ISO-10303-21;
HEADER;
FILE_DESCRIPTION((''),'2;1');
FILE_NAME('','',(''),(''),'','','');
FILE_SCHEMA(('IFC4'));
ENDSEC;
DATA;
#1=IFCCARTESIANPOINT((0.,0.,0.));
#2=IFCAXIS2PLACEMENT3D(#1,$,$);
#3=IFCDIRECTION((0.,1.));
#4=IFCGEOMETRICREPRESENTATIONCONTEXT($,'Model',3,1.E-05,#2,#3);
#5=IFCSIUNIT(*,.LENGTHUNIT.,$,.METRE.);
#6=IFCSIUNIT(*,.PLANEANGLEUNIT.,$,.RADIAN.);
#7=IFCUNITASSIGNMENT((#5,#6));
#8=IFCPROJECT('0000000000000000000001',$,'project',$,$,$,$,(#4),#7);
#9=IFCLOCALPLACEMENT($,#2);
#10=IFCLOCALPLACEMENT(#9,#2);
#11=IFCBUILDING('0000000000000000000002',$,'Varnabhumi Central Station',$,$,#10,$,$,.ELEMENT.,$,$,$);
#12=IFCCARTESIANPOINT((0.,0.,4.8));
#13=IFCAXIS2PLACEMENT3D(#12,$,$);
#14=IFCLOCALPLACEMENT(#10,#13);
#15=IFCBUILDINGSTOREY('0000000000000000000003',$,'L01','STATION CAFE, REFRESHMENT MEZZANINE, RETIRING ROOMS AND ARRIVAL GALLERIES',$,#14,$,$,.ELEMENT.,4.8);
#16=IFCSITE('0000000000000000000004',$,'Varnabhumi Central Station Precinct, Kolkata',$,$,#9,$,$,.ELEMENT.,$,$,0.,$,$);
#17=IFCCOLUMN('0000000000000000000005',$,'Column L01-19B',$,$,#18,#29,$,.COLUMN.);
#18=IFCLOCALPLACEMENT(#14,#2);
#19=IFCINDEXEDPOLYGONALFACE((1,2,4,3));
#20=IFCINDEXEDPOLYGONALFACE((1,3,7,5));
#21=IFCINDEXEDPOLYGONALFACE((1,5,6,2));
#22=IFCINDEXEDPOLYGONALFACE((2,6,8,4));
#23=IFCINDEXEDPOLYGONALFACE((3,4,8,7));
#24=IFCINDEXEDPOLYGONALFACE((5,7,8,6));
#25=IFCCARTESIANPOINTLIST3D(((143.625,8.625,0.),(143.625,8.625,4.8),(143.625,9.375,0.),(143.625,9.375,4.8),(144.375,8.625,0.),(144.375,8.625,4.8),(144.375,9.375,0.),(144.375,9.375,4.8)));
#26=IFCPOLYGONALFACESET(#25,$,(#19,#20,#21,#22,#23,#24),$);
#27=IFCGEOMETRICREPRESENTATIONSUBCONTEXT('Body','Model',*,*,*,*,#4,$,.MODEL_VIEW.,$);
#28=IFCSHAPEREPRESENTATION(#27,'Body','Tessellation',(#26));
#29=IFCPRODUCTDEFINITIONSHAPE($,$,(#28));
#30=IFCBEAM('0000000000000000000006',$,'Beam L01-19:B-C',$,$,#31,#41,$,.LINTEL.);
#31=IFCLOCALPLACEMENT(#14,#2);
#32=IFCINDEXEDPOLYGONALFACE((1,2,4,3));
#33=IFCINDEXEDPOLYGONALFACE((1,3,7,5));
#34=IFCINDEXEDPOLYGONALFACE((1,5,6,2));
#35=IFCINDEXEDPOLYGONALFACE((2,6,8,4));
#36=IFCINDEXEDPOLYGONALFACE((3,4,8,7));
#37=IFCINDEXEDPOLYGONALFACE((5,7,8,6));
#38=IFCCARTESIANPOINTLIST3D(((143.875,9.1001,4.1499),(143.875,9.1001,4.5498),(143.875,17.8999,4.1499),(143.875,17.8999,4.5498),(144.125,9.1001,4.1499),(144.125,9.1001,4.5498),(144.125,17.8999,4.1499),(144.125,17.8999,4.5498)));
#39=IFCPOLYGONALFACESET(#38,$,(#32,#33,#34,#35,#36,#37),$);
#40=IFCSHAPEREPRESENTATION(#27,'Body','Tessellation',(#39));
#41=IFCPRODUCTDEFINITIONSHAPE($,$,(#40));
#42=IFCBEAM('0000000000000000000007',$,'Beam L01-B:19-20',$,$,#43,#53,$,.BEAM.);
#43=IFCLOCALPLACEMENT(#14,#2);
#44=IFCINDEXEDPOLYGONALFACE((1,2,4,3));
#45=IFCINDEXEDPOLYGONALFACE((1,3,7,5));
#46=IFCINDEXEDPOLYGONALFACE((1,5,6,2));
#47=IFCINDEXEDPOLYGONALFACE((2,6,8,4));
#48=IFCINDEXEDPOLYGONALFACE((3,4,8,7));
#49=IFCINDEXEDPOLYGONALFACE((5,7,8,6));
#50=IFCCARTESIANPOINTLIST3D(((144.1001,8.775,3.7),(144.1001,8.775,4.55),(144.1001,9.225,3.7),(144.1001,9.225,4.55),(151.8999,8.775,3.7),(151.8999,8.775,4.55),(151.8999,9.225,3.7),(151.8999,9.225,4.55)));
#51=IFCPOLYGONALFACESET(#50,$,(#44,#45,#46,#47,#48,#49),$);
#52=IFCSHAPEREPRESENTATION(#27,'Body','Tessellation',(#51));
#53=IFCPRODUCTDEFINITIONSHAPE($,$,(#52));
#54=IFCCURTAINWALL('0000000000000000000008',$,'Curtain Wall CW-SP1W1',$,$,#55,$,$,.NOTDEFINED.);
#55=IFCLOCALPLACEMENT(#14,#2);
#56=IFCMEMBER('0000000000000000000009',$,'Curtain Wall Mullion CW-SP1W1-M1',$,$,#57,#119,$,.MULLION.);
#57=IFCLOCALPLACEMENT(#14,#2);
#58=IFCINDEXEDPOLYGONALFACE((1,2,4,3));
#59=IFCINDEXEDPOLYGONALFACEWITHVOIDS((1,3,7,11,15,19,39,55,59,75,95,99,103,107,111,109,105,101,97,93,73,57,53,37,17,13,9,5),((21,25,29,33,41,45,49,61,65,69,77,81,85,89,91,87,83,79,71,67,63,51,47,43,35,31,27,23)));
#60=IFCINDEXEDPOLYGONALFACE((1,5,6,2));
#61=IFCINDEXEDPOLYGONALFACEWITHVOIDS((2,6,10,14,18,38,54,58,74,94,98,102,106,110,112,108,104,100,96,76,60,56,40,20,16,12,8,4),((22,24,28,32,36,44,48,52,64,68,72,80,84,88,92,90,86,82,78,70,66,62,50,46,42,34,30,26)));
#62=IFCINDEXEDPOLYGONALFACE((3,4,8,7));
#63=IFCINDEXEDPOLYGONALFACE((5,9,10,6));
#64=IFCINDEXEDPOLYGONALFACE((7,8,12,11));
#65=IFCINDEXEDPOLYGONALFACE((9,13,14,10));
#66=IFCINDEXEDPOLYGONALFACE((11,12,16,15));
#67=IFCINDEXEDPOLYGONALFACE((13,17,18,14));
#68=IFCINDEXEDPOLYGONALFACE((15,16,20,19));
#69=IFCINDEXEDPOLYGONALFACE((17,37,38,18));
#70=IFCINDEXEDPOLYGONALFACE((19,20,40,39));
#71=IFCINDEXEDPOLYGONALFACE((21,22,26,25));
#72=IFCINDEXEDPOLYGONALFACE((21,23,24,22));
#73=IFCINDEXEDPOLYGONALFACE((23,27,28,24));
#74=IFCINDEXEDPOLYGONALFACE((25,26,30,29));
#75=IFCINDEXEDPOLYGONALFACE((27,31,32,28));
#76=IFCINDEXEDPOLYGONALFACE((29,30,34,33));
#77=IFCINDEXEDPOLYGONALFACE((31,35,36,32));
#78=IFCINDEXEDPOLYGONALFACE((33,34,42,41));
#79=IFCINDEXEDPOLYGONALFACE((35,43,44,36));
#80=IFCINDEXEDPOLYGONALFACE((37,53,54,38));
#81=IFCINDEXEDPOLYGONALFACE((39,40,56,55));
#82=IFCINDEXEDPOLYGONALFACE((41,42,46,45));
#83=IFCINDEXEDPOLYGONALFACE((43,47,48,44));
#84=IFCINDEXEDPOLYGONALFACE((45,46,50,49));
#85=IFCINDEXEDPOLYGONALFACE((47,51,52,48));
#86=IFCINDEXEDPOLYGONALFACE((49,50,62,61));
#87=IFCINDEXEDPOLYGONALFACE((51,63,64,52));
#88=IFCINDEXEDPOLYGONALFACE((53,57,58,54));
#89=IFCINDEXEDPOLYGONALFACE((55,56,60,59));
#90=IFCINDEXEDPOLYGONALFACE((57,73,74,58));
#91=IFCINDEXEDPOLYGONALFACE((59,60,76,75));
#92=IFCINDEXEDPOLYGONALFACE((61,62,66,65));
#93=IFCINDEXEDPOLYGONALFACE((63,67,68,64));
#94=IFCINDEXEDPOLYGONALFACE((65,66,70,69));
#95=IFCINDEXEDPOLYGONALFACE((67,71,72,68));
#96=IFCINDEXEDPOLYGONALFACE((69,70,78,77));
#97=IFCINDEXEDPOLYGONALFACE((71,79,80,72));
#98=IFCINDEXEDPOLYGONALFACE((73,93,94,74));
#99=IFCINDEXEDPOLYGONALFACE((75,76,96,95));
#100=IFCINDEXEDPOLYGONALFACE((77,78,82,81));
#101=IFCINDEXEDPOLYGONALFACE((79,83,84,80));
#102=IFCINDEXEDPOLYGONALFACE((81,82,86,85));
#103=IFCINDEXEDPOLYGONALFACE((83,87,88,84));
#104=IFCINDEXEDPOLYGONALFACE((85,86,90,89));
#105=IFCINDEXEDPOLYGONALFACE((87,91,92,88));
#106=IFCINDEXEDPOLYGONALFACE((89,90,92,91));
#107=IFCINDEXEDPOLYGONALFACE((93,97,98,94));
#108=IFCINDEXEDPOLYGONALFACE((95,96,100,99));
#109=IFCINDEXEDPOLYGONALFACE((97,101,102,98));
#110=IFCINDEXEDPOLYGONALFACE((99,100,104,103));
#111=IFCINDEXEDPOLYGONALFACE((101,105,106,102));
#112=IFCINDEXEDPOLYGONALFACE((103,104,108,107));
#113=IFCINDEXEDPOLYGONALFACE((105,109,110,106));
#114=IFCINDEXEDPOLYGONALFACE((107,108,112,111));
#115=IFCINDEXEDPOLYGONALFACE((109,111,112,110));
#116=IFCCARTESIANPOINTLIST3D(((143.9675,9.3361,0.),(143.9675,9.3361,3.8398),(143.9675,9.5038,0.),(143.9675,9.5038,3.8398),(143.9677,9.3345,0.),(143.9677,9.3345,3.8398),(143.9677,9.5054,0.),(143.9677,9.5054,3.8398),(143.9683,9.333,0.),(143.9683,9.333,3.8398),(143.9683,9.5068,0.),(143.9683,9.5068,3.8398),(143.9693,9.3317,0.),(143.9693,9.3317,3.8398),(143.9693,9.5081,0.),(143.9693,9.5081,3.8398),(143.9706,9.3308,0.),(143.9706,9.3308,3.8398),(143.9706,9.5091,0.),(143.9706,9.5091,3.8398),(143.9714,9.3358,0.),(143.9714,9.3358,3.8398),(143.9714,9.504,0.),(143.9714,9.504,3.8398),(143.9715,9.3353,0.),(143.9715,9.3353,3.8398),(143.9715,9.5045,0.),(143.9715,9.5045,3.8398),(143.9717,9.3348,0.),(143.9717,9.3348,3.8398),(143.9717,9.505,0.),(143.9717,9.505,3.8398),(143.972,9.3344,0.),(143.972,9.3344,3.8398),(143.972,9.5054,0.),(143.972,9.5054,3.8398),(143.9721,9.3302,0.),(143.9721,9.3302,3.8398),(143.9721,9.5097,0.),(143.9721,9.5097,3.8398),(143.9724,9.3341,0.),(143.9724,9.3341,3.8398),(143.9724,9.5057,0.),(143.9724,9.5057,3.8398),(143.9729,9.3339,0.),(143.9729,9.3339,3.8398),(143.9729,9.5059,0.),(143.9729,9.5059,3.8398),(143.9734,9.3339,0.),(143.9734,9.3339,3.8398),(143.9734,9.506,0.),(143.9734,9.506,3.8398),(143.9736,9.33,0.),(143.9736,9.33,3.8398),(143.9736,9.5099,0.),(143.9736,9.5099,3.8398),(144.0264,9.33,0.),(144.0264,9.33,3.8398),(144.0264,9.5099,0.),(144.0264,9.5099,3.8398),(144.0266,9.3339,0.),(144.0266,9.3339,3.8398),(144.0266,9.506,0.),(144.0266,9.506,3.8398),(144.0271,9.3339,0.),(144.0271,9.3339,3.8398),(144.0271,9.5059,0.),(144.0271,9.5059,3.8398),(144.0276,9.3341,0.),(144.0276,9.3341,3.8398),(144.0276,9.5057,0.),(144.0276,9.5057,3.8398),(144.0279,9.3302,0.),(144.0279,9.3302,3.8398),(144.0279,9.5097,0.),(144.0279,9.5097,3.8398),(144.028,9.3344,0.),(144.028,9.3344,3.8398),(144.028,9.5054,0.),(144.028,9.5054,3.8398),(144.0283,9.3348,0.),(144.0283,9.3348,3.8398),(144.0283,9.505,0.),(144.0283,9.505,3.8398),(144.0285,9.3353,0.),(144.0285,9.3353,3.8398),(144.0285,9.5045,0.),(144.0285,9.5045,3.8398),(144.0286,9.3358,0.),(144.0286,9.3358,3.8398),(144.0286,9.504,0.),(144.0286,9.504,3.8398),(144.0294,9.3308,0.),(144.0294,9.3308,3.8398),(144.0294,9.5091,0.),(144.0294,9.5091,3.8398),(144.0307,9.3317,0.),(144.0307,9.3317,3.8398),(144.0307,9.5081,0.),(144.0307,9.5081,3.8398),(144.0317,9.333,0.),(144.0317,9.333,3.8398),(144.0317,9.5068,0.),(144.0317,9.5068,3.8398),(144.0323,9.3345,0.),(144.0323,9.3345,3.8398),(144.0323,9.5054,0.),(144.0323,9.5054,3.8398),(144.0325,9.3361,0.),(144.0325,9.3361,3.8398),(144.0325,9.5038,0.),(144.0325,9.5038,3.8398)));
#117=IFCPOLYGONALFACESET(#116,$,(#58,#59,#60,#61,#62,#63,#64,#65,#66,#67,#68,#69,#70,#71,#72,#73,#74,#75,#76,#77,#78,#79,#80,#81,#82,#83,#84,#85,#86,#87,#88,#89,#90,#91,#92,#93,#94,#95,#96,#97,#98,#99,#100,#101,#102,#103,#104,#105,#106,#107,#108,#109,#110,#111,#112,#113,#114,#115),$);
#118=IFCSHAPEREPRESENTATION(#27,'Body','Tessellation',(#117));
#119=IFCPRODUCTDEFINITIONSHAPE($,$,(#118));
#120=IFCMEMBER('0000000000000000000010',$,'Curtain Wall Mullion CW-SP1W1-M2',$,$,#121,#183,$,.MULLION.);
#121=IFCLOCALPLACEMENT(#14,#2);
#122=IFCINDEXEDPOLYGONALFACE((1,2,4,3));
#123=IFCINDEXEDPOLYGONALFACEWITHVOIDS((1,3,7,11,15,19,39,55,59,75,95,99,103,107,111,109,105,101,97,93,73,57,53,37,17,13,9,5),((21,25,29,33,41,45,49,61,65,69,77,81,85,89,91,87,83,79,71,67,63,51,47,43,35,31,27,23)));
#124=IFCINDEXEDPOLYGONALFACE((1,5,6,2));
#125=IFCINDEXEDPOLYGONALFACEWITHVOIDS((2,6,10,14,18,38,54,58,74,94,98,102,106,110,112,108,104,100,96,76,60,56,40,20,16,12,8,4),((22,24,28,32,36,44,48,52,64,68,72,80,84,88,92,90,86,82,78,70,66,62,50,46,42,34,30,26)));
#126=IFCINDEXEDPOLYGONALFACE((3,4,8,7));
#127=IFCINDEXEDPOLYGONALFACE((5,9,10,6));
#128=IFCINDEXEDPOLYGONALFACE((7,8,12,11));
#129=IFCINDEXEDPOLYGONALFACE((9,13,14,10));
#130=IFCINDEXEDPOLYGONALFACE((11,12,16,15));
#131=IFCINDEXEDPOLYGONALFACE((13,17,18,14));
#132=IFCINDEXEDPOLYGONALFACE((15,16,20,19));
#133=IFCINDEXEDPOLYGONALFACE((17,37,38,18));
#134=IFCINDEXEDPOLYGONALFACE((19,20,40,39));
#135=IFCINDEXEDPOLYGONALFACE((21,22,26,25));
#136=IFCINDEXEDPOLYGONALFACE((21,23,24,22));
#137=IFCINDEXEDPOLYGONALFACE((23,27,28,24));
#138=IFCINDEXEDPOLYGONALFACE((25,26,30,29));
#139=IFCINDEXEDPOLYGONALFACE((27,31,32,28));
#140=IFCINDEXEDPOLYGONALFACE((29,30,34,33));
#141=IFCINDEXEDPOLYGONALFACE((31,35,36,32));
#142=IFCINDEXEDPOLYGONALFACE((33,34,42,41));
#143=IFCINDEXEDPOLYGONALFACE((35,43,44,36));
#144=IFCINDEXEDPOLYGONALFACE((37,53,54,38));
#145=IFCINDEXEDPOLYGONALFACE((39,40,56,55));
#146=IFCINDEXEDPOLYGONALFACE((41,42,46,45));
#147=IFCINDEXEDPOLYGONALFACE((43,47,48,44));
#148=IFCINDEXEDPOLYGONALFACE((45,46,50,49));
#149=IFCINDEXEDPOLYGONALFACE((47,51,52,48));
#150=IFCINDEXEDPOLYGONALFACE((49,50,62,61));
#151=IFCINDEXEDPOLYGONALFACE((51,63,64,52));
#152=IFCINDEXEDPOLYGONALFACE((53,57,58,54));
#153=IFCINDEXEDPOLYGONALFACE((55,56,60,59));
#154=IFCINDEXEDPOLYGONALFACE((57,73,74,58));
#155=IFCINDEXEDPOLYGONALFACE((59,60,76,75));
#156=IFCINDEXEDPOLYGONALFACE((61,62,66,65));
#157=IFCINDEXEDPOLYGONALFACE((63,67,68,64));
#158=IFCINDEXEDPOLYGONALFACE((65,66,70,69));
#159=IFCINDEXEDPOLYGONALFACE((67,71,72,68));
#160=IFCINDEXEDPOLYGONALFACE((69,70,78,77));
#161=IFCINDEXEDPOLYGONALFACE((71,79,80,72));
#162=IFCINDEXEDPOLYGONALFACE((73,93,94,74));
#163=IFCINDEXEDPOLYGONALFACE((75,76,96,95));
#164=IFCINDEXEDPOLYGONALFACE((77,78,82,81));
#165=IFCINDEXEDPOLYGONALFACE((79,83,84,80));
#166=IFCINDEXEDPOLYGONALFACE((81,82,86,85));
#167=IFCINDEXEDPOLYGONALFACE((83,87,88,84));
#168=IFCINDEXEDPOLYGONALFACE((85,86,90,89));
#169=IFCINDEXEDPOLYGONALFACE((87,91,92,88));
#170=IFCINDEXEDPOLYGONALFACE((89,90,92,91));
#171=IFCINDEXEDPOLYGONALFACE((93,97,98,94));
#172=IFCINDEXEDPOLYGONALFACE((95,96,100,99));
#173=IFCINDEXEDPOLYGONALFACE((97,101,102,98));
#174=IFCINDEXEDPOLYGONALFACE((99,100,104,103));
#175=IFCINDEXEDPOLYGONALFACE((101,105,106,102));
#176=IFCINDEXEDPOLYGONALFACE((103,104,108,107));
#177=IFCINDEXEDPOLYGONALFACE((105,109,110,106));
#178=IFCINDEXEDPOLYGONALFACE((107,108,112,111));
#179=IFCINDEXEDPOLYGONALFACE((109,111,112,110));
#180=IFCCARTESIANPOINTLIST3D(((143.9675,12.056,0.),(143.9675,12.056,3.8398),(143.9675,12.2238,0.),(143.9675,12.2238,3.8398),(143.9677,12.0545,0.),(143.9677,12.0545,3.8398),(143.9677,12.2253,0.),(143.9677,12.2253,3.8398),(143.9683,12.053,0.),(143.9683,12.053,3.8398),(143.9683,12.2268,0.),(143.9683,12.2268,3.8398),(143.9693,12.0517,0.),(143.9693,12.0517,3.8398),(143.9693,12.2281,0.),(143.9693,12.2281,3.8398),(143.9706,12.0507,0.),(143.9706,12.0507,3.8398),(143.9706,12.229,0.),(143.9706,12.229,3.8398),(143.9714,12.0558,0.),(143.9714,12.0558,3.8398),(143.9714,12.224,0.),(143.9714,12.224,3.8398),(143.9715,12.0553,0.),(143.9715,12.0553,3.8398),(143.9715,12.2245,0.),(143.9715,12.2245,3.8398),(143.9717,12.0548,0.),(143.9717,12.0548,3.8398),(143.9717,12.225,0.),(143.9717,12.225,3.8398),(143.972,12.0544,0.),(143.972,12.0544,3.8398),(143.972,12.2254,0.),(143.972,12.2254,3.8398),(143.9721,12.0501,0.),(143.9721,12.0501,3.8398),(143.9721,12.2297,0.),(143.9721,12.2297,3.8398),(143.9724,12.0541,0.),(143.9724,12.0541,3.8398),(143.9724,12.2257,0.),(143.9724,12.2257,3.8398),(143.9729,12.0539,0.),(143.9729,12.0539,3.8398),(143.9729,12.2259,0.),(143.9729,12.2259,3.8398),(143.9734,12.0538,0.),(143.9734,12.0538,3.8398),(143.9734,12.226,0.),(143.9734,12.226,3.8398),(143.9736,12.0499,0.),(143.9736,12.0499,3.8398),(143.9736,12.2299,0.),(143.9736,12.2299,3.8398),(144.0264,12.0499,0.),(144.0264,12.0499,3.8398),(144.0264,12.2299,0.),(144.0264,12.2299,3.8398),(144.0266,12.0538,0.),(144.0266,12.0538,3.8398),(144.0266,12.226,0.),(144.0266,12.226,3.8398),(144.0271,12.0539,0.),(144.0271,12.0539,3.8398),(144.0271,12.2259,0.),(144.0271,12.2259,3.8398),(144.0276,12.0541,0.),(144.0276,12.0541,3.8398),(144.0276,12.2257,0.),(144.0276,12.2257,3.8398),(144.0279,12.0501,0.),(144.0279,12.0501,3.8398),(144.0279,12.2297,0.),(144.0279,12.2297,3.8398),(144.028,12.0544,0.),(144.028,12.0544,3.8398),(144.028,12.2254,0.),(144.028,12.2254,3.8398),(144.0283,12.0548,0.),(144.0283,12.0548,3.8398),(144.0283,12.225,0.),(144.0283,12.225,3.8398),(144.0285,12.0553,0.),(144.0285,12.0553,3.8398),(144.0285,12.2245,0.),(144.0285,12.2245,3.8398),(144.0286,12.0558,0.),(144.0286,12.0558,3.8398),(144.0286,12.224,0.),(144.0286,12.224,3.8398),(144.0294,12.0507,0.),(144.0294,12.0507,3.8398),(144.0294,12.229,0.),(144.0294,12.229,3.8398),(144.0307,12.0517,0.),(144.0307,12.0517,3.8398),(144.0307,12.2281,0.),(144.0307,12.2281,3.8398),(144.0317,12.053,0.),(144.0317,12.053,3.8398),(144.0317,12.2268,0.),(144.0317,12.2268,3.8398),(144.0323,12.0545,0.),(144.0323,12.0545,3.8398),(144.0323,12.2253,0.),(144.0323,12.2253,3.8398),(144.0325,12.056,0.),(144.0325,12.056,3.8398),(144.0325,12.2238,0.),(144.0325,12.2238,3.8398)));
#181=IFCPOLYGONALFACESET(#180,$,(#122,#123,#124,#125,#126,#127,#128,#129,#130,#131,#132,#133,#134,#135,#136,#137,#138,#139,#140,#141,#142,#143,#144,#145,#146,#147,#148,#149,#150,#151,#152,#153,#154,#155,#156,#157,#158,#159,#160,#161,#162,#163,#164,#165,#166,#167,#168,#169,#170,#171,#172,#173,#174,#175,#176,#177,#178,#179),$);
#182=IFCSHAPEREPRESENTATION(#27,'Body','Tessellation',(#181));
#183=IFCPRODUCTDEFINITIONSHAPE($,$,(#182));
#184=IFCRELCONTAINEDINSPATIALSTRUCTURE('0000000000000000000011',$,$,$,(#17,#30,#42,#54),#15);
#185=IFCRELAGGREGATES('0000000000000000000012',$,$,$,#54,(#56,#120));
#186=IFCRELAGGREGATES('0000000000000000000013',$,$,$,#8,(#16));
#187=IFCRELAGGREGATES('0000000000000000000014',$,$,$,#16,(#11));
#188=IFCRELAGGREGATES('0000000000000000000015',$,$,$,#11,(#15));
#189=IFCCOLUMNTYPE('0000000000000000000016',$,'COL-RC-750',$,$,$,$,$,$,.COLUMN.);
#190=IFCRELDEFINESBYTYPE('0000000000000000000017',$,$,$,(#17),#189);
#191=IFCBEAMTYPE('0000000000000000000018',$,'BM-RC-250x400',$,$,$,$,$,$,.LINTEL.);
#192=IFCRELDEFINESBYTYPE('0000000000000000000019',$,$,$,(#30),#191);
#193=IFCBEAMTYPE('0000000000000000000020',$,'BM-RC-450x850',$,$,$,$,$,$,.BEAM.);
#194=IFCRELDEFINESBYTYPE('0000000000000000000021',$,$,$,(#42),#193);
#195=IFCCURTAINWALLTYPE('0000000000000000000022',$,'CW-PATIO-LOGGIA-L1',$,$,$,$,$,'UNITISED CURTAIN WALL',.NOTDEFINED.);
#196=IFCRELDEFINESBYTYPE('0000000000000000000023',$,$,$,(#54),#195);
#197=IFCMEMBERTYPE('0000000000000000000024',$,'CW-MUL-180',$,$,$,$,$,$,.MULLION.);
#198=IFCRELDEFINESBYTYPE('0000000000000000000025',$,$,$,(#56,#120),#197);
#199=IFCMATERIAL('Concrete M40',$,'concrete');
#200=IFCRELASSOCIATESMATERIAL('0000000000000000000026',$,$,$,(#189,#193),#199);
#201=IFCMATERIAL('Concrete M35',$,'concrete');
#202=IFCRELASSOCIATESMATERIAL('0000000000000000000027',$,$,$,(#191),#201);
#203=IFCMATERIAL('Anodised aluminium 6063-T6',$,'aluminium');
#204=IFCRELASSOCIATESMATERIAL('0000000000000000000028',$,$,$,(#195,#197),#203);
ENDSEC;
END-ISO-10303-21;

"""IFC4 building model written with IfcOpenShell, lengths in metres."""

from ifc_helpers import new_model, si_unit, direction, frame, origin, origin_2d, place, context, subcontext, project, spatial, rectangle, hollow_rectangle, extrude, material, material_profile, profile_set, type_object, element, aggregate, save


model = new_model("IFC4")

# Units and contexts
model_context = context("Model", 3, precision=1e-05, world=origin(), true_north=direction((0.0, 1.0)))
body_context = subcontext(model_context, "Body", "Model", "MODEL_VIEW")
ifc_project = project(units=[si_unit("LENGTHUNIT", "METRE"), si_unit("PLANEANGLEUNIT", "RADIAN")], contexts=[model_context])

# Site, building, storey
site_placement = place(None, origin())
site = spatial("IfcSite", under=ifc_project, at=site_placement, Name="Varnabhumi Central Station Precinct, Kolkata", CompositionType="ELEMENT", RefElevation=0.0)
building_placement = place(site_placement, origin())
building = spatial("IfcBuilding", under=site, at=building_placement, Name="Varnabhumi Central Station", CompositionType="ELEMENT")
storey_placement = place(building_placement, frame((0.0, 0.0, 4.8)))
storey = spatial("IfcBuildingStorey", under=building, at=storey_placement, Name="L01", Description="STATION CAFE, REFRESHMENT MEZZANINE, RETIRING ROOMS AND ARRIVAL GALLERIES", CompositionType="ELEMENT", Elevation=4.8)

# Column
ifc_material_1 = material(Name="Concrete M40", Category="concrete")
ifc_material_profile_1 = material_profile(ifc_material_1, rectangle(XDim=0.75, YDim=0.75, at=origin_2d()), Name="Concrete M40", Category="concrete")
ifc_profile_set_1 = profile_set([ifc_material_profile_1], Name="Concrete M40")
column_type = type_object("IfcColumnType", Name="COL-RC-750", PredefinedType="COLUMN", material=ifc_profile_set_1)
column_placement = place(storey_placement, frame((144.0, 9.0, 0.0), z_axis=(0.0, 0.0, 1.0), x_axis=(1.0, 0.0, 0.0)))
element("IfcColumn", 1, at=column_placement, inside=storey, type_object=column_type, Name="Column L01-19B", PredefinedType="COLUMN", context=body_context, shape_type="SweptSolid", body=[
    extrude(rectangle(XDim=0.75, YDim=0.75, at=origin_2d()), origin(), (0.0, 0.0, 1.0), 4.8),
])

# Beams
ifc_material_2 = material(Name="Concrete M35", Category="concrete")
ifc_material_profile_2 = material_profile(ifc_material_2, rectangle(XDim=0.25, YDim=0.3999, at=origin_2d()), Name="Concrete M35", Category="concrete")
ifc_profile_set_2 = profile_set([ifc_material_profile_2], Name="Concrete M35")
beam_type_1 = type_object("IfcBeamType", Name="BM-RC-250x400", PredefinedType="LINTEL", material=ifc_profile_set_2)
beam_1_placement = place(storey_placement, frame((144.0, 9.1001, 4.3499), z_axis=(0.0, 1.0, 0.0), x_axis=(-1.0, 0.0, 0.0)))
element("IfcBeam", 2, at=beam_1_placement, inside=storey, type_object=beam_type_1, Name="Beam L01-19:B-C", PredefinedType="LINTEL", context=body_context, shape_type="SweptSolid", body=[
    extrude(rectangle(XDim=0.25, YDim=0.3999, at=origin_2d()), origin(), (0.0, 0.0, 1.0), 8.7998),
])
ifc_material_profile_3 = material_profile(ifc_material_1, rectangle(XDim=0.45, YDim=0.8501, at=origin_2d()), Name="Concrete M40", Category="concrete")
ifc_profile_set_3 = profile_set([ifc_material_profile_3], Name="Concrete M40")
beam_type_2 = type_object("IfcBeamType", Name="BM-RC-450x850", PredefinedType="BEAM", material=ifc_profile_set_3)
beam_2_placement = place(storey_placement, frame((144.1001, 9.0, 4.125), z_axis=(1.0, 0.0, 0.0), x_axis=(0.0, 1.0, 0.0)))
element("IfcBeam", 3, at=beam_2_placement, inside=storey, type_object=beam_type_2, Name="Beam L01-B:19-20", PredefinedType="BEAM", context=body_context, shape_type="SweptSolid", body=[
    extrude(rectangle(XDim=0.45, YDim=0.8501, at=origin_2d()), origin(), (0.0, 0.0, 1.0), 7.7998),
])

# Curtain wall, members
ifc_material_3 = material(Name="Anodised aluminium 6063-T6", Category="aluminium")
curtain_wall_type = type_object("IfcCurtainWallType", Name="CW-PATIO-LOGGIA-L1", ElementType="UNITISED CURTAIN WALL", PredefinedType="NOTDEFINED", material=ifc_material_3)
curtain_wall_1_placement = place(storey_placement, origin())
curtain_wall_1 = element("IfcCurtainWall", 4, at=curtain_wall_1_placement, inside=storey, type_object=curtain_wall_type, Name="Curtain Wall CW-SP1W1", PredefinedType="NOTDEFINED")
ifc_material_profile_4 = material_profile(ifc_material_3, hollow_rectangle(XDim=0.0649, YDim=0.1799, WallThickness=0.0039, InnerFilletRadius=0.002, OuterFilletRadius=0.0061, at=origin_2d()), Name="Anodised aluminium 6063-T6", Category="aluminium")
ifc_profile_set_4 = profile_set([ifc_material_profile_4], Name="Anodised aluminium 6063-T6")
member_type_1 = type_object("IfcMemberType", Name="CW-MUL-180", PredefinedType="MULLION", material=ifc_profile_set_4)
member_1_placement = place(storey_placement, frame((144.0, 9.4199, 0.0), z_axis=(0.0, 0.0, 1.0), x_axis=(1.0, 0.0, 0.0)))
member_1 = element("IfcMember", 5, at=member_1_placement, type_object=member_type_1, Name="Curtain Wall Mullion CW-SP1W1-M1", PredefinedType="MULLION", context=body_context, shape_type="SweptSolid", body=[
    extrude(hollow_rectangle(XDim=0.0649, YDim=0.1799, WallThickness=0.0039, InnerFilletRadius=0.002, OuterFilletRadius=0.0061, at=origin_2d()), origin(), (0.0, 0.0, 1.0), 3.8398),
])
member_2_placement = place(storey_placement, frame((144.0, 12.1399, 0.0), z_axis=(0.0, 0.0, 1.0), x_axis=(1.0, 0.0, 0.0)))
member_2 = element("IfcMember", 6, at=member_2_placement, type_object=member_type_1, Name="Curtain Wall Mullion CW-SP1W1-M2", PredefinedType="MULLION", context=body_context, shape_type="SweptSolid", body=[
    extrude(hollow_rectangle(XDim=0.0649, YDim=0.1799, WallThickness=0.0039, InnerFilletRadius=0.002, OuterFilletRadius=0.0061, at=origin_2d()), origin(), (0.0, 0.0, 1.0), 3.8398),
])

aggregate(curtain_wall_1, [member_1, member_2])

save(model, "model.ifc")
